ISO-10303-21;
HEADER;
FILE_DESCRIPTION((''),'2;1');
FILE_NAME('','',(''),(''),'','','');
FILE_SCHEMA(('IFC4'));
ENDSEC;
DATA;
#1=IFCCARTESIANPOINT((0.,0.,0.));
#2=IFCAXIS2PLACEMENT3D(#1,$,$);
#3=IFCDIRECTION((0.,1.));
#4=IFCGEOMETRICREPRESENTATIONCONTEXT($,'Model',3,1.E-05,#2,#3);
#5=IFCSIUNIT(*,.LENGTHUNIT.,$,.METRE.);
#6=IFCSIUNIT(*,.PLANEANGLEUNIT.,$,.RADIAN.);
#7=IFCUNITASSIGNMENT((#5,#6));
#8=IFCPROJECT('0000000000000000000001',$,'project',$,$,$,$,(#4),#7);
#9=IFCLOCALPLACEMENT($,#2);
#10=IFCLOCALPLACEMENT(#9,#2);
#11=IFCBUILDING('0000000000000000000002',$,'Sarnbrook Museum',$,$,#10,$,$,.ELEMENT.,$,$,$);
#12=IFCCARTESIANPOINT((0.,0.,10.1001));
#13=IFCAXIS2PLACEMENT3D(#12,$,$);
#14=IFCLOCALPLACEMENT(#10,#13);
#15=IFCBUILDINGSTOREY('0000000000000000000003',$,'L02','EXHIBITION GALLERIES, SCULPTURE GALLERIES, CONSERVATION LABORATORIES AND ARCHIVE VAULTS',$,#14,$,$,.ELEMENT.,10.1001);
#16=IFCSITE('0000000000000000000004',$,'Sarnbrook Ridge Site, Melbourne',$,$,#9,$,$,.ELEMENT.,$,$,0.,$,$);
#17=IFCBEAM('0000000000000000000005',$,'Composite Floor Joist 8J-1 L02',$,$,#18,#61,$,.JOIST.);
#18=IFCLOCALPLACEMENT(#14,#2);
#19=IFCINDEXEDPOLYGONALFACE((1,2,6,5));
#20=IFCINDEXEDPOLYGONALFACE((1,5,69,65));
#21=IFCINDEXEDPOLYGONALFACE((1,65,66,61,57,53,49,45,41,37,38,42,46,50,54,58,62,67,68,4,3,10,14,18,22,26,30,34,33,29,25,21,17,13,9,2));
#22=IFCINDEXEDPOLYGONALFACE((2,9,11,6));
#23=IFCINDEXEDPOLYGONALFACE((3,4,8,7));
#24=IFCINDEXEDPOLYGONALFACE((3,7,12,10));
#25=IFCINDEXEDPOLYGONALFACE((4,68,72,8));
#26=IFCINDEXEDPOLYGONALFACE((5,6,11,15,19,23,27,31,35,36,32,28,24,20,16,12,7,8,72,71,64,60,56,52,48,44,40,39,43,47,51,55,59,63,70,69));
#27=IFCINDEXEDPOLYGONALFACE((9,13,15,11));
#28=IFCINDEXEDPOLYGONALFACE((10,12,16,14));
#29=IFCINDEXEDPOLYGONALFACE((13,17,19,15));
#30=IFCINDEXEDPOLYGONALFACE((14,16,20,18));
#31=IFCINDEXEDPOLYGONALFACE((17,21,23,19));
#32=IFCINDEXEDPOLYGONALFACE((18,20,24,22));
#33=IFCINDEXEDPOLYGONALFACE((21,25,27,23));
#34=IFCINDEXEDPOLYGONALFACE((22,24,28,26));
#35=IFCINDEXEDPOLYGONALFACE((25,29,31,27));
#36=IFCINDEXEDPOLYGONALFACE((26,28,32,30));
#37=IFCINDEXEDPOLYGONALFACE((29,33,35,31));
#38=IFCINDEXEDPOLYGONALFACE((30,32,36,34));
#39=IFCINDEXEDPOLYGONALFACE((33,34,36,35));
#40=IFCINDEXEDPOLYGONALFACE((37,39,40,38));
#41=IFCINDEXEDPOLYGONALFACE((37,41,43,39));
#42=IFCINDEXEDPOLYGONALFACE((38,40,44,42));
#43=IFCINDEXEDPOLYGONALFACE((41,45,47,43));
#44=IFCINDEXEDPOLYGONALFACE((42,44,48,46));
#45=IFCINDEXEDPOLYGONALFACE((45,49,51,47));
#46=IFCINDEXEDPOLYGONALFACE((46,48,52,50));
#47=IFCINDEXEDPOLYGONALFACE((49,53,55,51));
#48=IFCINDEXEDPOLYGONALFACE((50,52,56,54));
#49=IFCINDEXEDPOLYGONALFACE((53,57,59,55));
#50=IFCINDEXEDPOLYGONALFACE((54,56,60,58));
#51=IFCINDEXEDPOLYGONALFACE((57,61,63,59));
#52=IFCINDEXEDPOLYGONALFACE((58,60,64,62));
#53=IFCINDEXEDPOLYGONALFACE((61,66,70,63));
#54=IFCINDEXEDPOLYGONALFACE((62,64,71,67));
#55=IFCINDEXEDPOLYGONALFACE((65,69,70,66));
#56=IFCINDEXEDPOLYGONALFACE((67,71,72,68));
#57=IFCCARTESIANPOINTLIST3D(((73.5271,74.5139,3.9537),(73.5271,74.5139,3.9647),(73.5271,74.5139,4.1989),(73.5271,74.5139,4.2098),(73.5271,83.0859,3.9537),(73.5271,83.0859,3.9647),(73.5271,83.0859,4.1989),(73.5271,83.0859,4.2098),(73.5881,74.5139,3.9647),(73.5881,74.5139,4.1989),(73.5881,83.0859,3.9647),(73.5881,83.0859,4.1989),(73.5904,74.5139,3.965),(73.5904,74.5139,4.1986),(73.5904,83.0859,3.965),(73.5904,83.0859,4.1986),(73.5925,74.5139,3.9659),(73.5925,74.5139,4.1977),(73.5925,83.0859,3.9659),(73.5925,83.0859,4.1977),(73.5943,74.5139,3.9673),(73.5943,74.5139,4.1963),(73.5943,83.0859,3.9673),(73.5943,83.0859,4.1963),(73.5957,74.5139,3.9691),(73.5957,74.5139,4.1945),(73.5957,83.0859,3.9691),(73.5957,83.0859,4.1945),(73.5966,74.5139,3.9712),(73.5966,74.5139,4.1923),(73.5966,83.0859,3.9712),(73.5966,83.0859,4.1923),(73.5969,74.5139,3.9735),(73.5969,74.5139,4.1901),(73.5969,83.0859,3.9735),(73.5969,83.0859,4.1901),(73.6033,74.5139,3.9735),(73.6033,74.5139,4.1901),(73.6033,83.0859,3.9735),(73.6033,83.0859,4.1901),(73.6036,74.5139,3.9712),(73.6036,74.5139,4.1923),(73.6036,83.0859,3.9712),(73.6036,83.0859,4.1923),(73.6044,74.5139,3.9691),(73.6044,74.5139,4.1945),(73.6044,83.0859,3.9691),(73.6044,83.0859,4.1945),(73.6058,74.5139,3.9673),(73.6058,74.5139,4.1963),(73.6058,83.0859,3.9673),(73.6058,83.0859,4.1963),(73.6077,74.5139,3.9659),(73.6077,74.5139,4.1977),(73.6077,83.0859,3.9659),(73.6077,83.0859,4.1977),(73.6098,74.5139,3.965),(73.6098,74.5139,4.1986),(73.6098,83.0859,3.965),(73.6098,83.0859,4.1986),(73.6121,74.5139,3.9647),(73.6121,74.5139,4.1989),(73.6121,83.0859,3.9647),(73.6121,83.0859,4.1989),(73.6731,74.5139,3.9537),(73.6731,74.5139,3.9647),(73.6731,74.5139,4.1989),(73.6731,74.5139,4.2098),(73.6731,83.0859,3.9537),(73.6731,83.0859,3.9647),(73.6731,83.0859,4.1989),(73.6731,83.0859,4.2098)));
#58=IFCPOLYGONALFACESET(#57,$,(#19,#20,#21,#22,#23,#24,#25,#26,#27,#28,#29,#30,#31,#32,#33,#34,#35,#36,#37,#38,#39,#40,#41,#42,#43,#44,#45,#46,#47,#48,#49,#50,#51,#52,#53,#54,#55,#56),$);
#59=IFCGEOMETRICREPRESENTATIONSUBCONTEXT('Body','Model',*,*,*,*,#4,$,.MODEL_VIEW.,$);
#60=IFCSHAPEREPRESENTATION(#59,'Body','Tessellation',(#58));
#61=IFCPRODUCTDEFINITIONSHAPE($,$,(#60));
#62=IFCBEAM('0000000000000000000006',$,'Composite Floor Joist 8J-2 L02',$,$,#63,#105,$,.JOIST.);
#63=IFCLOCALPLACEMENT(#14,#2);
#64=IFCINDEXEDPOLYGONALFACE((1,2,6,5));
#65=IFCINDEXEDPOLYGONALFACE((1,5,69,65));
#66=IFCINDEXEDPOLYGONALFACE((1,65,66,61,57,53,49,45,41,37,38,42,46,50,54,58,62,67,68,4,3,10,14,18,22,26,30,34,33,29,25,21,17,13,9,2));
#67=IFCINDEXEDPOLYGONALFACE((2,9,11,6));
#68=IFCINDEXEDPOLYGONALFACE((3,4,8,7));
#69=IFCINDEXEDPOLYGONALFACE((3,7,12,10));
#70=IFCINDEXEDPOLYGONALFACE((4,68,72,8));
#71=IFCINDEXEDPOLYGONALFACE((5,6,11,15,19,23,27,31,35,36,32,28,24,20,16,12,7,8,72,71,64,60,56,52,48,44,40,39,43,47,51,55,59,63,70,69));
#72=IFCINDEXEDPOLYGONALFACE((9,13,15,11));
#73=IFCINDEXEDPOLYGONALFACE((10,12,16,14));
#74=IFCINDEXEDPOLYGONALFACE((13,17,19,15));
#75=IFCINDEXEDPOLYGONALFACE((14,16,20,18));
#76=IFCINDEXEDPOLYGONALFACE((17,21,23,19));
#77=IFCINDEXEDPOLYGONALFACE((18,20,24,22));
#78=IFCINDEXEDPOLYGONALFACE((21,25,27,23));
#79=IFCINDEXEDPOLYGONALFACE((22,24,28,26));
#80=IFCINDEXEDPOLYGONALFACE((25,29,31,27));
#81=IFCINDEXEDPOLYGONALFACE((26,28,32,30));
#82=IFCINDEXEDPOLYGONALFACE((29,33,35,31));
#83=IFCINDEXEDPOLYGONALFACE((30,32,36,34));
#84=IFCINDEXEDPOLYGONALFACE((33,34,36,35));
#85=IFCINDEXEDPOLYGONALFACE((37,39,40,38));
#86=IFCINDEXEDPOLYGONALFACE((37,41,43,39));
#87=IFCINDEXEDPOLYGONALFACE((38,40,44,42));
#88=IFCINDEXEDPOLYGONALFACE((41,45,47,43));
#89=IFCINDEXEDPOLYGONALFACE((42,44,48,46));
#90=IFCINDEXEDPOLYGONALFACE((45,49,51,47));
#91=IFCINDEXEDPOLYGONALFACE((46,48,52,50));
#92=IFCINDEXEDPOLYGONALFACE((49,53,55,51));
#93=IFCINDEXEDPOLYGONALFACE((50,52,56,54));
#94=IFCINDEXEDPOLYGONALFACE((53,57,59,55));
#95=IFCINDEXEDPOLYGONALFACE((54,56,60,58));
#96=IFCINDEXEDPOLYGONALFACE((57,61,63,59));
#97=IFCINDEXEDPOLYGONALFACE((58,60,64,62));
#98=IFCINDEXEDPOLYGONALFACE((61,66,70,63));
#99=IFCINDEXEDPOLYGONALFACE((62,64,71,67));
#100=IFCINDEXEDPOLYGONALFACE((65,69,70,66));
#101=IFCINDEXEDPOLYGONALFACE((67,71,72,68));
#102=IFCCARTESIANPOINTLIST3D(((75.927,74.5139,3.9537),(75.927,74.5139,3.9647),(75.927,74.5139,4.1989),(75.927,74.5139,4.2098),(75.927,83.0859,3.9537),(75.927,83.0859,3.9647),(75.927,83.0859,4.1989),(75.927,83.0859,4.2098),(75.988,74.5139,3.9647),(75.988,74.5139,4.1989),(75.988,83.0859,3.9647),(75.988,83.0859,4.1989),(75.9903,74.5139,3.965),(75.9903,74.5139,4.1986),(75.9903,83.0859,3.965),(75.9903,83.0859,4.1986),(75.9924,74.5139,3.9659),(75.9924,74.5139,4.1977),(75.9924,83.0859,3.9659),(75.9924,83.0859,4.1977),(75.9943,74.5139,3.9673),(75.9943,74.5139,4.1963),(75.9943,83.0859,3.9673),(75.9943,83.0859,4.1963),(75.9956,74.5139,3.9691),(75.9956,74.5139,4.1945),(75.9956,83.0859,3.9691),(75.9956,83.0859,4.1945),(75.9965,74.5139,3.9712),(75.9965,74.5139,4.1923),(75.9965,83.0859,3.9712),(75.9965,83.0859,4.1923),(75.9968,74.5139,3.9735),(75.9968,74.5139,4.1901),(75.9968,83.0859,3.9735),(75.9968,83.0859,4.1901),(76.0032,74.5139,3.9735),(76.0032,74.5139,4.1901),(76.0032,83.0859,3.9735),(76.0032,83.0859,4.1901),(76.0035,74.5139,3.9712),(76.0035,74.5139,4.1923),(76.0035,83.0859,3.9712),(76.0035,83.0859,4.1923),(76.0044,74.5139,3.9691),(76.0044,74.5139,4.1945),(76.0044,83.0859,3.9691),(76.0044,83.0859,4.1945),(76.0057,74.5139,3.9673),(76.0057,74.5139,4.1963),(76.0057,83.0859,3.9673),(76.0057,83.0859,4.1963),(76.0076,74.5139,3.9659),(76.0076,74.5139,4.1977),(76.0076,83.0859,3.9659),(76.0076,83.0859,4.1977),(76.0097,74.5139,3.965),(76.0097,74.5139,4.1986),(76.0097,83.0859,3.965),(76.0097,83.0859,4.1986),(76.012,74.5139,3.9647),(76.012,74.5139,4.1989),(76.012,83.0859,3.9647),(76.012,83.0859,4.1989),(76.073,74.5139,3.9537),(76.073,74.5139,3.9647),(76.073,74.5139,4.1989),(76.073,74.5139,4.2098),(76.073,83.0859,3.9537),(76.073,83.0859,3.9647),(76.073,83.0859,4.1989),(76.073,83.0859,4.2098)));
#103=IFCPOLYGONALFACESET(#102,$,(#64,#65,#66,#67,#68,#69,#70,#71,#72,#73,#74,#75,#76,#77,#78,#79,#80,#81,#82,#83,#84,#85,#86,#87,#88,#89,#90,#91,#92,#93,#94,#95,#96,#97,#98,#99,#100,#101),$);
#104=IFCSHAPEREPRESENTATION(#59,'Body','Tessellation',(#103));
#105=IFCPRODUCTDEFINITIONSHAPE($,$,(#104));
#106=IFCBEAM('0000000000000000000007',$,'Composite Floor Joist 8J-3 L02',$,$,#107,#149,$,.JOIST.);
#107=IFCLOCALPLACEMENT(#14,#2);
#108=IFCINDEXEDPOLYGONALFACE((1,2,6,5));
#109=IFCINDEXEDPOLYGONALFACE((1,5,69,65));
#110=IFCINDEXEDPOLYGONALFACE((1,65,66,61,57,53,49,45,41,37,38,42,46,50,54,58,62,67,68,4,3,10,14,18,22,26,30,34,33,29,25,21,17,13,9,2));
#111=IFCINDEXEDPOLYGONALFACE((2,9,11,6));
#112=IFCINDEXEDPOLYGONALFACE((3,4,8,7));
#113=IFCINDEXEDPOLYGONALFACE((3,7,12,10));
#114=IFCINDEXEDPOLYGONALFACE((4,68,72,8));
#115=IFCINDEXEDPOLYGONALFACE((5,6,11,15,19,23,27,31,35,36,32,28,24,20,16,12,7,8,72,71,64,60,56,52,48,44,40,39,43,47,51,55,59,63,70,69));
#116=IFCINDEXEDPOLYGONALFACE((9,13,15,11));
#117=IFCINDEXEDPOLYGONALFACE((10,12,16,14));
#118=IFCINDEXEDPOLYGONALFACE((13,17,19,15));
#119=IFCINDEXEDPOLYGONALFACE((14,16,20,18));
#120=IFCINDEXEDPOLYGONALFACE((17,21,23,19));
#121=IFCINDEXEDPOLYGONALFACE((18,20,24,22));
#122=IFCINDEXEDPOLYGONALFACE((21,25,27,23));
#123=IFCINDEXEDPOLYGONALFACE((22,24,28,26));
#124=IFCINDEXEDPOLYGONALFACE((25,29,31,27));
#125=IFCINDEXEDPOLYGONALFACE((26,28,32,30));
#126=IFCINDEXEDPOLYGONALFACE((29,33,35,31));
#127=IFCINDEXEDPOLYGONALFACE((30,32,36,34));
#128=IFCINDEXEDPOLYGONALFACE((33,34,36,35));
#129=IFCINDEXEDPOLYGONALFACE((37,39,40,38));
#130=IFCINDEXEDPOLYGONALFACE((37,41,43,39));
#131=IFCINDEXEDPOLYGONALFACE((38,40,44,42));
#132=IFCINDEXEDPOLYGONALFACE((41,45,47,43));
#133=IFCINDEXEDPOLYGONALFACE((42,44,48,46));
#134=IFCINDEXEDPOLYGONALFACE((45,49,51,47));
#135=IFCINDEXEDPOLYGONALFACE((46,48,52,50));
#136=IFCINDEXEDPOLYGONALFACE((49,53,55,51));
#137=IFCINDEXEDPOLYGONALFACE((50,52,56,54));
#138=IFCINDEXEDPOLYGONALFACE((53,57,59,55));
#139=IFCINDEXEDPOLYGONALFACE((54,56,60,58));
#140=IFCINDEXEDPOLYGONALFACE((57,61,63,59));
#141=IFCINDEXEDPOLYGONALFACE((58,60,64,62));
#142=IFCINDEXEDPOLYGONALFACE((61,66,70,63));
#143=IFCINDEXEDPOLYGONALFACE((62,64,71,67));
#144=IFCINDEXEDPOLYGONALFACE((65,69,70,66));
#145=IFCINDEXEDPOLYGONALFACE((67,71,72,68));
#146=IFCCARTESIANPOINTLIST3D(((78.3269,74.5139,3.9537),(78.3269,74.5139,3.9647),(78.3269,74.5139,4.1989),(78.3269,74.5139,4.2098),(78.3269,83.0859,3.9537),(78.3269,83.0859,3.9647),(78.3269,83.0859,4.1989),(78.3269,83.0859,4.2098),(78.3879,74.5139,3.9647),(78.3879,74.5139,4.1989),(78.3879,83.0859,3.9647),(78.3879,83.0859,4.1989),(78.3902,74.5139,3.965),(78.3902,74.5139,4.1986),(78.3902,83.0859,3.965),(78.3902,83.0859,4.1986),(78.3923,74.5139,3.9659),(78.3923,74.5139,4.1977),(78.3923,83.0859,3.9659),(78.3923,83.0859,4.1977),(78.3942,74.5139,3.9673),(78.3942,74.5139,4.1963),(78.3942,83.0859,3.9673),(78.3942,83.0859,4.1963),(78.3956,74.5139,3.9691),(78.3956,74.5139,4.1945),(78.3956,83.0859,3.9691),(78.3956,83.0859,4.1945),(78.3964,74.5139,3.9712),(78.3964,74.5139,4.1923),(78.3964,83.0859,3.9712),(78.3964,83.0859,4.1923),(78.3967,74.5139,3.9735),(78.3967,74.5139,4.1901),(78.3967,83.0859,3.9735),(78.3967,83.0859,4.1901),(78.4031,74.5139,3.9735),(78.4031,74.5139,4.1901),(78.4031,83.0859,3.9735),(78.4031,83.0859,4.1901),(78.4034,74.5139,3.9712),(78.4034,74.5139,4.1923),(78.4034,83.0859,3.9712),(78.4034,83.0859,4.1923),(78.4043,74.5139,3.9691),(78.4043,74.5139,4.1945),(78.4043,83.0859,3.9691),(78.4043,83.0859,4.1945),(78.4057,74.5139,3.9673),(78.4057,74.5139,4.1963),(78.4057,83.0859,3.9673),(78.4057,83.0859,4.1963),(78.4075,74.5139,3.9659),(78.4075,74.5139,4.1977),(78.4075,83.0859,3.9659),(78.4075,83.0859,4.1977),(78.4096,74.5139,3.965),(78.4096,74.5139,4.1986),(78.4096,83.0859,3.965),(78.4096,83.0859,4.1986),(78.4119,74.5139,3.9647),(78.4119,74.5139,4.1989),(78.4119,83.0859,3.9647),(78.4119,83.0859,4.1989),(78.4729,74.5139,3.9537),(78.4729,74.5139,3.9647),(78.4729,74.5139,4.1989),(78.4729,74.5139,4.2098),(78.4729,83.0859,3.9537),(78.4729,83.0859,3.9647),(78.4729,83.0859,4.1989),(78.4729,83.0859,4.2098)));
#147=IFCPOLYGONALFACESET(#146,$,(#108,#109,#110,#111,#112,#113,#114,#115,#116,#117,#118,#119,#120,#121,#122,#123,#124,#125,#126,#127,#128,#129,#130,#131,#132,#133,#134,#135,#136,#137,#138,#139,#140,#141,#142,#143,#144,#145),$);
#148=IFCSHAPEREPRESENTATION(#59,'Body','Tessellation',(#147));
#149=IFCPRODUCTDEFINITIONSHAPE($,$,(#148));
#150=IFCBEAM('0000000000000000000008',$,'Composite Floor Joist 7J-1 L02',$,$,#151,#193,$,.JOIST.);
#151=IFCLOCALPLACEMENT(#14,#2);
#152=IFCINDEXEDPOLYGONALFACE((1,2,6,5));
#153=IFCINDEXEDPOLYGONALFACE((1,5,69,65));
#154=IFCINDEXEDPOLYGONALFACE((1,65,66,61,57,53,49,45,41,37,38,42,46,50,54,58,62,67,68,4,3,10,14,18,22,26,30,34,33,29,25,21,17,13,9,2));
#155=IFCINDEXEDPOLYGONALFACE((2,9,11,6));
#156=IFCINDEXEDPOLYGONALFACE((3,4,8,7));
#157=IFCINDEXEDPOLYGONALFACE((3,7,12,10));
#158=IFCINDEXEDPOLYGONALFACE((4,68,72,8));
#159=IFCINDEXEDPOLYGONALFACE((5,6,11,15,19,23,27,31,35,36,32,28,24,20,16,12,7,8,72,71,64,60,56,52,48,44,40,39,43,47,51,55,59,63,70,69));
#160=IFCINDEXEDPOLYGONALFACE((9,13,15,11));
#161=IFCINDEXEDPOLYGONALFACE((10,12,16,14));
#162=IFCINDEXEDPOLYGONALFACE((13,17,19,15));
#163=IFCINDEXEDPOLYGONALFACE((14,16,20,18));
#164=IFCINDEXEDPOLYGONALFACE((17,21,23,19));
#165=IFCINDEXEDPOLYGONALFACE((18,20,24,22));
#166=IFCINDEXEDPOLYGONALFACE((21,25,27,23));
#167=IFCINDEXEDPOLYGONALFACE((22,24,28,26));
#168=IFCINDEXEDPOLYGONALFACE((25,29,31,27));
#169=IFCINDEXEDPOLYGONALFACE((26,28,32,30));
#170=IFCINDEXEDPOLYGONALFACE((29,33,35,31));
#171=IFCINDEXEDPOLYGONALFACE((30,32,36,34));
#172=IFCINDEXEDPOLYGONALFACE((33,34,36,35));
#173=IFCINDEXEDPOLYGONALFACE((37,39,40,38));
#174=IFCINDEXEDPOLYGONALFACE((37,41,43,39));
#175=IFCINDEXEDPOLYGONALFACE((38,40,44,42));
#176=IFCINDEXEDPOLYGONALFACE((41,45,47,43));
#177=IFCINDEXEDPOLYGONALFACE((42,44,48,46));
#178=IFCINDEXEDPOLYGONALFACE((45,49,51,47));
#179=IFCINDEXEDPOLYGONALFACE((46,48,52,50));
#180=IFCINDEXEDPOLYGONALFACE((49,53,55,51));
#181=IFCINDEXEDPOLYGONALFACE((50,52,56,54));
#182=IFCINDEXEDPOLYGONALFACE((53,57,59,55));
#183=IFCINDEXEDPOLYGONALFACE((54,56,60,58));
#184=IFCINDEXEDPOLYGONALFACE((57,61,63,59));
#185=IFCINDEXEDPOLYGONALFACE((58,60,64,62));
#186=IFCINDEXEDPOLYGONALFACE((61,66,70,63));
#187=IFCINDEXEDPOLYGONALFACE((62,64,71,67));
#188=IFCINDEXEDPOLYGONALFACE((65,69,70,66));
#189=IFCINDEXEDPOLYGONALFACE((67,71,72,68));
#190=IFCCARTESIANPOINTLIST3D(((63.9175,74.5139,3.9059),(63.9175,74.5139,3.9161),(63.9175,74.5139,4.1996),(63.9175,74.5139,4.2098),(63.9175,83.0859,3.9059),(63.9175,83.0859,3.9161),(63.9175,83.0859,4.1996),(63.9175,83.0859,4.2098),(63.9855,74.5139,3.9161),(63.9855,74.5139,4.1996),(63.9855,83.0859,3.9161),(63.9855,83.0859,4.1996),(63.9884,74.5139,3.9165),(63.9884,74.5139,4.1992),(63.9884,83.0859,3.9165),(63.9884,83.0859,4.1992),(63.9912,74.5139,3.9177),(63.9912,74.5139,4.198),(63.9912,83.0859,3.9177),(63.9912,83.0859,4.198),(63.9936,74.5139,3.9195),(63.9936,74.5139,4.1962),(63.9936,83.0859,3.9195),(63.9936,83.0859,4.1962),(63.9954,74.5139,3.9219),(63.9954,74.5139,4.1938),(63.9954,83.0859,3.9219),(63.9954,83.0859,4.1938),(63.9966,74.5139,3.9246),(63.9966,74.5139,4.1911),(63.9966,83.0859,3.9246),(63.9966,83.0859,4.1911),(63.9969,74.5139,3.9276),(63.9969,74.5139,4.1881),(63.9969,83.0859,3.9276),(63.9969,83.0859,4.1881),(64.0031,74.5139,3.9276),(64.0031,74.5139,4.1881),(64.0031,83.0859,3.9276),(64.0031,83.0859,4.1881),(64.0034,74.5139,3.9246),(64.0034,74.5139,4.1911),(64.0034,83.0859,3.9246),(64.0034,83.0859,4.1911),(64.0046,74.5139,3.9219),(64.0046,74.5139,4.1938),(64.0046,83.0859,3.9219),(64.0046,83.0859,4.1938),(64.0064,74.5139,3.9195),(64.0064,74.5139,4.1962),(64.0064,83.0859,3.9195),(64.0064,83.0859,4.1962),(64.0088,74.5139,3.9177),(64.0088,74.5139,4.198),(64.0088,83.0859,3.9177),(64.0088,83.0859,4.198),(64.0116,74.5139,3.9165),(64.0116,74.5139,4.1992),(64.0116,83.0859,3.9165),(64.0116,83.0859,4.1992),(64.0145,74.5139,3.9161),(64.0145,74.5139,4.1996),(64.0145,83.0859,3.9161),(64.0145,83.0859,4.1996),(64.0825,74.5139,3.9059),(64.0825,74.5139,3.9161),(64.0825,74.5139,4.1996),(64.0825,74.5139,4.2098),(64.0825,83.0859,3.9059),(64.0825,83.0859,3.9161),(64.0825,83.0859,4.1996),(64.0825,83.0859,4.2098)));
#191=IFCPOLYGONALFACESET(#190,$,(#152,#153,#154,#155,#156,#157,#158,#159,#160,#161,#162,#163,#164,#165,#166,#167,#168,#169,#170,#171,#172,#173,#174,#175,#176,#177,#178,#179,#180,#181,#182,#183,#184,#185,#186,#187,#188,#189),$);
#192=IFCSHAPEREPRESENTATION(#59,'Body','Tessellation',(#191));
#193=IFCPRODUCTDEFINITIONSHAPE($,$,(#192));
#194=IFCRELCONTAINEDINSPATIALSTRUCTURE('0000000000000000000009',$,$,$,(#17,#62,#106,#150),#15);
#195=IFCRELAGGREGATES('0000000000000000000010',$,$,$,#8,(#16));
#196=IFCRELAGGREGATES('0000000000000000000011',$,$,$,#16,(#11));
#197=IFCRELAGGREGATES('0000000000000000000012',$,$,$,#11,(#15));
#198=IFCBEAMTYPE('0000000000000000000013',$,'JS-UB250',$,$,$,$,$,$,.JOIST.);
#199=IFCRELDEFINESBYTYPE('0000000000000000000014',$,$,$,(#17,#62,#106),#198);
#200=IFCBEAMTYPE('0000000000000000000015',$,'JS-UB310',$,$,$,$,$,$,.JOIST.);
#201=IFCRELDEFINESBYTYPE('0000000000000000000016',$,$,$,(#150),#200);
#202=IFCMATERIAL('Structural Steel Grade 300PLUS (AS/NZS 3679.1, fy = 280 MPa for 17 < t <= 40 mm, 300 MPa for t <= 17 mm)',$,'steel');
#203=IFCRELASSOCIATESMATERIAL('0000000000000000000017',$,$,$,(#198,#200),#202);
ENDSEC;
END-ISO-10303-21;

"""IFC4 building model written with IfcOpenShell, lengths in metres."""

from ifc_helpers import new_model, si_unit, direction, frame, origin, origin_2d, place, context, subcontext, project, spatial, i_section, extrude, material, material_profile, profile_set, type_object, element, save


model = new_model("IFC4")

# Units and contexts
model_context = context("Model", 3, precision=1e-05, world=origin(), true_north=direction((0.0, 1.0)))
body_context = subcontext(model_context, "Body", "Model", "MODEL_VIEW")
ifc_project = project(units=[si_unit("LENGTHUNIT", "METRE"), si_unit("PLANEANGLEUNIT", "RADIAN")], contexts=[model_context])

# Site, building, storey
site_placement = place(None, origin())
site = spatial("IfcSite", under=ifc_project, at=site_placement, Name="Sarnbrook Ridge Site, Melbourne", CompositionType="ELEMENT", RefElevation=0.0)
building_placement = place(site_placement, origin())
building = spatial("IfcBuilding", under=site, at=building_placement, Name="Sarnbrook Museum", CompositionType="ELEMENT")
storey_placement = place(building_placement, frame((0.0, 0.0, 10.1001)))
storey = spatial("IfcBuildingStorey", under=building, at=storey_placement, Name="L02", Description="EXHIBITION GALLERIES, SCULPTURE GALLERIES, CONSERVATION LABORATORIES AND ARCHIVE VAULTS", CompositionType="ELEMENT", Elevation=10.1001)

# Shared definitions
ifc_material_1 = material(Name="Structural Steel Grade 300PLUS (AS/NZS 3679.1, fy = 280 MPa for 17 < t <= 40 mm, 300 MPa for t <= 17 mm)", Category="steel")

# Beams
ifc_material_profile_1 = material_profile(ifc_material_1, i_section(OverallWidth=0.146, OverallDepth=0.2561, WebThickness=0.0063, FlangeThickness=0.011, FilletRadius=0.0088, at=origin_2d()), Name="250UB37.3")
ifc_profile_set_1 = profile_set([ifc_material_profile_1], Name="Structural Steel Grade 300PLUS (AS/NZS 3679.1, fy = 280 MPa for 17 < t <= 40 mm, 300 MPa for t <= 17 mm)")
beam_type_1 = type_object("IfcBeamType", Name="JS-UB250", PredefinedType="JOIST", material=ifc_profile_set_1)
for number, where, z_axis, x_axis, name in (
    (1, (73.6001, 74.5139, 4.0818), (0.0, 1.0, 0.0), (-1.0, 0.0, 0.0), "Composite Floor Joist 8J-1 L02"),
    (2, (76.0, 74.5139, 4.0818), (0.0, 1.0, 0.0), (-1.0, 0.0, 0.0), "Composite Floor Joist 8J-2 L02"),
    (3, (78.3999, 74.5139, 4.0818), (0.0, 1.0, 0.0), (-1.0, 0.0, 0.0), "Composite Floor Joist 8J-3 L02"),
):
    element("IfcBeam", number, at=place(storey_placement, frame(where, z_axis=z_axis, x_axis=x_axis)), inside=storey, type_object=beam_type_1, Name=name, PredefinedType="JOIST", context=body_context, shape_type="SweptSolid", body=[
        extrude(i_section(OverallWidth=0.146, OverallDepth=0.2561, WebThickness=0.0063, FlangeThickness=0.011, FilletRadius=0.0088, at=origin_2d()), origin(), (0.0, 0.0, 1.0), 8.572),
    ])
ifc_material_profile_2 = material_profile(ifc_material_1, i_section(OverallWidth=0.165, OverallDepth=0.304, WebThickness=0.0061, FlangeThickness=0.0103, FilletRadius=0.0115, at=origin_2d()), Name="310UB40.4")
ifc_profile_set_2 = profile_set([ifc_material_profile_2], Name="Structural Steel Grade 300PLUS (AS/NZS 3679.1, fy = 280 MPa for 17 < t <= 40 mm, 300 MPa for t <= 17 mm)")
beam_type_2 = type_object("IfcBeamType", Name="JS-UB310", PredefinedType="JOIST", material=ifc_profile_set_2)
for number, where, z_axis, x_axis, name in (
    (4, (64.0, 74.5139, 4.0579), (0.0, 1.0, 0.0), (-1.0, 0.0, 0.0), "Composite Floor Joist 7J-1 L02"),
):
    element("IfcBeam", number, at=place(storey_placement, frame(where, z_axis=z_axis, x_axis=x_axis)), inside=storey, type_object=beam_type_2, Name=name, PredefinedType="JOIST", context=body_context, shape_type="SweptSolid", body=[
        extrude(i_section(OverallWidth=0.165, OverallDepth=0.304, WebThickness=0.0061, FlangeThickness=0.0103, FilletRadius=0.0115, at=origin_2d()), origin(), (0.0, 0.0, 1.0), 8.572),
    ])

save(model, "model.ifc")
